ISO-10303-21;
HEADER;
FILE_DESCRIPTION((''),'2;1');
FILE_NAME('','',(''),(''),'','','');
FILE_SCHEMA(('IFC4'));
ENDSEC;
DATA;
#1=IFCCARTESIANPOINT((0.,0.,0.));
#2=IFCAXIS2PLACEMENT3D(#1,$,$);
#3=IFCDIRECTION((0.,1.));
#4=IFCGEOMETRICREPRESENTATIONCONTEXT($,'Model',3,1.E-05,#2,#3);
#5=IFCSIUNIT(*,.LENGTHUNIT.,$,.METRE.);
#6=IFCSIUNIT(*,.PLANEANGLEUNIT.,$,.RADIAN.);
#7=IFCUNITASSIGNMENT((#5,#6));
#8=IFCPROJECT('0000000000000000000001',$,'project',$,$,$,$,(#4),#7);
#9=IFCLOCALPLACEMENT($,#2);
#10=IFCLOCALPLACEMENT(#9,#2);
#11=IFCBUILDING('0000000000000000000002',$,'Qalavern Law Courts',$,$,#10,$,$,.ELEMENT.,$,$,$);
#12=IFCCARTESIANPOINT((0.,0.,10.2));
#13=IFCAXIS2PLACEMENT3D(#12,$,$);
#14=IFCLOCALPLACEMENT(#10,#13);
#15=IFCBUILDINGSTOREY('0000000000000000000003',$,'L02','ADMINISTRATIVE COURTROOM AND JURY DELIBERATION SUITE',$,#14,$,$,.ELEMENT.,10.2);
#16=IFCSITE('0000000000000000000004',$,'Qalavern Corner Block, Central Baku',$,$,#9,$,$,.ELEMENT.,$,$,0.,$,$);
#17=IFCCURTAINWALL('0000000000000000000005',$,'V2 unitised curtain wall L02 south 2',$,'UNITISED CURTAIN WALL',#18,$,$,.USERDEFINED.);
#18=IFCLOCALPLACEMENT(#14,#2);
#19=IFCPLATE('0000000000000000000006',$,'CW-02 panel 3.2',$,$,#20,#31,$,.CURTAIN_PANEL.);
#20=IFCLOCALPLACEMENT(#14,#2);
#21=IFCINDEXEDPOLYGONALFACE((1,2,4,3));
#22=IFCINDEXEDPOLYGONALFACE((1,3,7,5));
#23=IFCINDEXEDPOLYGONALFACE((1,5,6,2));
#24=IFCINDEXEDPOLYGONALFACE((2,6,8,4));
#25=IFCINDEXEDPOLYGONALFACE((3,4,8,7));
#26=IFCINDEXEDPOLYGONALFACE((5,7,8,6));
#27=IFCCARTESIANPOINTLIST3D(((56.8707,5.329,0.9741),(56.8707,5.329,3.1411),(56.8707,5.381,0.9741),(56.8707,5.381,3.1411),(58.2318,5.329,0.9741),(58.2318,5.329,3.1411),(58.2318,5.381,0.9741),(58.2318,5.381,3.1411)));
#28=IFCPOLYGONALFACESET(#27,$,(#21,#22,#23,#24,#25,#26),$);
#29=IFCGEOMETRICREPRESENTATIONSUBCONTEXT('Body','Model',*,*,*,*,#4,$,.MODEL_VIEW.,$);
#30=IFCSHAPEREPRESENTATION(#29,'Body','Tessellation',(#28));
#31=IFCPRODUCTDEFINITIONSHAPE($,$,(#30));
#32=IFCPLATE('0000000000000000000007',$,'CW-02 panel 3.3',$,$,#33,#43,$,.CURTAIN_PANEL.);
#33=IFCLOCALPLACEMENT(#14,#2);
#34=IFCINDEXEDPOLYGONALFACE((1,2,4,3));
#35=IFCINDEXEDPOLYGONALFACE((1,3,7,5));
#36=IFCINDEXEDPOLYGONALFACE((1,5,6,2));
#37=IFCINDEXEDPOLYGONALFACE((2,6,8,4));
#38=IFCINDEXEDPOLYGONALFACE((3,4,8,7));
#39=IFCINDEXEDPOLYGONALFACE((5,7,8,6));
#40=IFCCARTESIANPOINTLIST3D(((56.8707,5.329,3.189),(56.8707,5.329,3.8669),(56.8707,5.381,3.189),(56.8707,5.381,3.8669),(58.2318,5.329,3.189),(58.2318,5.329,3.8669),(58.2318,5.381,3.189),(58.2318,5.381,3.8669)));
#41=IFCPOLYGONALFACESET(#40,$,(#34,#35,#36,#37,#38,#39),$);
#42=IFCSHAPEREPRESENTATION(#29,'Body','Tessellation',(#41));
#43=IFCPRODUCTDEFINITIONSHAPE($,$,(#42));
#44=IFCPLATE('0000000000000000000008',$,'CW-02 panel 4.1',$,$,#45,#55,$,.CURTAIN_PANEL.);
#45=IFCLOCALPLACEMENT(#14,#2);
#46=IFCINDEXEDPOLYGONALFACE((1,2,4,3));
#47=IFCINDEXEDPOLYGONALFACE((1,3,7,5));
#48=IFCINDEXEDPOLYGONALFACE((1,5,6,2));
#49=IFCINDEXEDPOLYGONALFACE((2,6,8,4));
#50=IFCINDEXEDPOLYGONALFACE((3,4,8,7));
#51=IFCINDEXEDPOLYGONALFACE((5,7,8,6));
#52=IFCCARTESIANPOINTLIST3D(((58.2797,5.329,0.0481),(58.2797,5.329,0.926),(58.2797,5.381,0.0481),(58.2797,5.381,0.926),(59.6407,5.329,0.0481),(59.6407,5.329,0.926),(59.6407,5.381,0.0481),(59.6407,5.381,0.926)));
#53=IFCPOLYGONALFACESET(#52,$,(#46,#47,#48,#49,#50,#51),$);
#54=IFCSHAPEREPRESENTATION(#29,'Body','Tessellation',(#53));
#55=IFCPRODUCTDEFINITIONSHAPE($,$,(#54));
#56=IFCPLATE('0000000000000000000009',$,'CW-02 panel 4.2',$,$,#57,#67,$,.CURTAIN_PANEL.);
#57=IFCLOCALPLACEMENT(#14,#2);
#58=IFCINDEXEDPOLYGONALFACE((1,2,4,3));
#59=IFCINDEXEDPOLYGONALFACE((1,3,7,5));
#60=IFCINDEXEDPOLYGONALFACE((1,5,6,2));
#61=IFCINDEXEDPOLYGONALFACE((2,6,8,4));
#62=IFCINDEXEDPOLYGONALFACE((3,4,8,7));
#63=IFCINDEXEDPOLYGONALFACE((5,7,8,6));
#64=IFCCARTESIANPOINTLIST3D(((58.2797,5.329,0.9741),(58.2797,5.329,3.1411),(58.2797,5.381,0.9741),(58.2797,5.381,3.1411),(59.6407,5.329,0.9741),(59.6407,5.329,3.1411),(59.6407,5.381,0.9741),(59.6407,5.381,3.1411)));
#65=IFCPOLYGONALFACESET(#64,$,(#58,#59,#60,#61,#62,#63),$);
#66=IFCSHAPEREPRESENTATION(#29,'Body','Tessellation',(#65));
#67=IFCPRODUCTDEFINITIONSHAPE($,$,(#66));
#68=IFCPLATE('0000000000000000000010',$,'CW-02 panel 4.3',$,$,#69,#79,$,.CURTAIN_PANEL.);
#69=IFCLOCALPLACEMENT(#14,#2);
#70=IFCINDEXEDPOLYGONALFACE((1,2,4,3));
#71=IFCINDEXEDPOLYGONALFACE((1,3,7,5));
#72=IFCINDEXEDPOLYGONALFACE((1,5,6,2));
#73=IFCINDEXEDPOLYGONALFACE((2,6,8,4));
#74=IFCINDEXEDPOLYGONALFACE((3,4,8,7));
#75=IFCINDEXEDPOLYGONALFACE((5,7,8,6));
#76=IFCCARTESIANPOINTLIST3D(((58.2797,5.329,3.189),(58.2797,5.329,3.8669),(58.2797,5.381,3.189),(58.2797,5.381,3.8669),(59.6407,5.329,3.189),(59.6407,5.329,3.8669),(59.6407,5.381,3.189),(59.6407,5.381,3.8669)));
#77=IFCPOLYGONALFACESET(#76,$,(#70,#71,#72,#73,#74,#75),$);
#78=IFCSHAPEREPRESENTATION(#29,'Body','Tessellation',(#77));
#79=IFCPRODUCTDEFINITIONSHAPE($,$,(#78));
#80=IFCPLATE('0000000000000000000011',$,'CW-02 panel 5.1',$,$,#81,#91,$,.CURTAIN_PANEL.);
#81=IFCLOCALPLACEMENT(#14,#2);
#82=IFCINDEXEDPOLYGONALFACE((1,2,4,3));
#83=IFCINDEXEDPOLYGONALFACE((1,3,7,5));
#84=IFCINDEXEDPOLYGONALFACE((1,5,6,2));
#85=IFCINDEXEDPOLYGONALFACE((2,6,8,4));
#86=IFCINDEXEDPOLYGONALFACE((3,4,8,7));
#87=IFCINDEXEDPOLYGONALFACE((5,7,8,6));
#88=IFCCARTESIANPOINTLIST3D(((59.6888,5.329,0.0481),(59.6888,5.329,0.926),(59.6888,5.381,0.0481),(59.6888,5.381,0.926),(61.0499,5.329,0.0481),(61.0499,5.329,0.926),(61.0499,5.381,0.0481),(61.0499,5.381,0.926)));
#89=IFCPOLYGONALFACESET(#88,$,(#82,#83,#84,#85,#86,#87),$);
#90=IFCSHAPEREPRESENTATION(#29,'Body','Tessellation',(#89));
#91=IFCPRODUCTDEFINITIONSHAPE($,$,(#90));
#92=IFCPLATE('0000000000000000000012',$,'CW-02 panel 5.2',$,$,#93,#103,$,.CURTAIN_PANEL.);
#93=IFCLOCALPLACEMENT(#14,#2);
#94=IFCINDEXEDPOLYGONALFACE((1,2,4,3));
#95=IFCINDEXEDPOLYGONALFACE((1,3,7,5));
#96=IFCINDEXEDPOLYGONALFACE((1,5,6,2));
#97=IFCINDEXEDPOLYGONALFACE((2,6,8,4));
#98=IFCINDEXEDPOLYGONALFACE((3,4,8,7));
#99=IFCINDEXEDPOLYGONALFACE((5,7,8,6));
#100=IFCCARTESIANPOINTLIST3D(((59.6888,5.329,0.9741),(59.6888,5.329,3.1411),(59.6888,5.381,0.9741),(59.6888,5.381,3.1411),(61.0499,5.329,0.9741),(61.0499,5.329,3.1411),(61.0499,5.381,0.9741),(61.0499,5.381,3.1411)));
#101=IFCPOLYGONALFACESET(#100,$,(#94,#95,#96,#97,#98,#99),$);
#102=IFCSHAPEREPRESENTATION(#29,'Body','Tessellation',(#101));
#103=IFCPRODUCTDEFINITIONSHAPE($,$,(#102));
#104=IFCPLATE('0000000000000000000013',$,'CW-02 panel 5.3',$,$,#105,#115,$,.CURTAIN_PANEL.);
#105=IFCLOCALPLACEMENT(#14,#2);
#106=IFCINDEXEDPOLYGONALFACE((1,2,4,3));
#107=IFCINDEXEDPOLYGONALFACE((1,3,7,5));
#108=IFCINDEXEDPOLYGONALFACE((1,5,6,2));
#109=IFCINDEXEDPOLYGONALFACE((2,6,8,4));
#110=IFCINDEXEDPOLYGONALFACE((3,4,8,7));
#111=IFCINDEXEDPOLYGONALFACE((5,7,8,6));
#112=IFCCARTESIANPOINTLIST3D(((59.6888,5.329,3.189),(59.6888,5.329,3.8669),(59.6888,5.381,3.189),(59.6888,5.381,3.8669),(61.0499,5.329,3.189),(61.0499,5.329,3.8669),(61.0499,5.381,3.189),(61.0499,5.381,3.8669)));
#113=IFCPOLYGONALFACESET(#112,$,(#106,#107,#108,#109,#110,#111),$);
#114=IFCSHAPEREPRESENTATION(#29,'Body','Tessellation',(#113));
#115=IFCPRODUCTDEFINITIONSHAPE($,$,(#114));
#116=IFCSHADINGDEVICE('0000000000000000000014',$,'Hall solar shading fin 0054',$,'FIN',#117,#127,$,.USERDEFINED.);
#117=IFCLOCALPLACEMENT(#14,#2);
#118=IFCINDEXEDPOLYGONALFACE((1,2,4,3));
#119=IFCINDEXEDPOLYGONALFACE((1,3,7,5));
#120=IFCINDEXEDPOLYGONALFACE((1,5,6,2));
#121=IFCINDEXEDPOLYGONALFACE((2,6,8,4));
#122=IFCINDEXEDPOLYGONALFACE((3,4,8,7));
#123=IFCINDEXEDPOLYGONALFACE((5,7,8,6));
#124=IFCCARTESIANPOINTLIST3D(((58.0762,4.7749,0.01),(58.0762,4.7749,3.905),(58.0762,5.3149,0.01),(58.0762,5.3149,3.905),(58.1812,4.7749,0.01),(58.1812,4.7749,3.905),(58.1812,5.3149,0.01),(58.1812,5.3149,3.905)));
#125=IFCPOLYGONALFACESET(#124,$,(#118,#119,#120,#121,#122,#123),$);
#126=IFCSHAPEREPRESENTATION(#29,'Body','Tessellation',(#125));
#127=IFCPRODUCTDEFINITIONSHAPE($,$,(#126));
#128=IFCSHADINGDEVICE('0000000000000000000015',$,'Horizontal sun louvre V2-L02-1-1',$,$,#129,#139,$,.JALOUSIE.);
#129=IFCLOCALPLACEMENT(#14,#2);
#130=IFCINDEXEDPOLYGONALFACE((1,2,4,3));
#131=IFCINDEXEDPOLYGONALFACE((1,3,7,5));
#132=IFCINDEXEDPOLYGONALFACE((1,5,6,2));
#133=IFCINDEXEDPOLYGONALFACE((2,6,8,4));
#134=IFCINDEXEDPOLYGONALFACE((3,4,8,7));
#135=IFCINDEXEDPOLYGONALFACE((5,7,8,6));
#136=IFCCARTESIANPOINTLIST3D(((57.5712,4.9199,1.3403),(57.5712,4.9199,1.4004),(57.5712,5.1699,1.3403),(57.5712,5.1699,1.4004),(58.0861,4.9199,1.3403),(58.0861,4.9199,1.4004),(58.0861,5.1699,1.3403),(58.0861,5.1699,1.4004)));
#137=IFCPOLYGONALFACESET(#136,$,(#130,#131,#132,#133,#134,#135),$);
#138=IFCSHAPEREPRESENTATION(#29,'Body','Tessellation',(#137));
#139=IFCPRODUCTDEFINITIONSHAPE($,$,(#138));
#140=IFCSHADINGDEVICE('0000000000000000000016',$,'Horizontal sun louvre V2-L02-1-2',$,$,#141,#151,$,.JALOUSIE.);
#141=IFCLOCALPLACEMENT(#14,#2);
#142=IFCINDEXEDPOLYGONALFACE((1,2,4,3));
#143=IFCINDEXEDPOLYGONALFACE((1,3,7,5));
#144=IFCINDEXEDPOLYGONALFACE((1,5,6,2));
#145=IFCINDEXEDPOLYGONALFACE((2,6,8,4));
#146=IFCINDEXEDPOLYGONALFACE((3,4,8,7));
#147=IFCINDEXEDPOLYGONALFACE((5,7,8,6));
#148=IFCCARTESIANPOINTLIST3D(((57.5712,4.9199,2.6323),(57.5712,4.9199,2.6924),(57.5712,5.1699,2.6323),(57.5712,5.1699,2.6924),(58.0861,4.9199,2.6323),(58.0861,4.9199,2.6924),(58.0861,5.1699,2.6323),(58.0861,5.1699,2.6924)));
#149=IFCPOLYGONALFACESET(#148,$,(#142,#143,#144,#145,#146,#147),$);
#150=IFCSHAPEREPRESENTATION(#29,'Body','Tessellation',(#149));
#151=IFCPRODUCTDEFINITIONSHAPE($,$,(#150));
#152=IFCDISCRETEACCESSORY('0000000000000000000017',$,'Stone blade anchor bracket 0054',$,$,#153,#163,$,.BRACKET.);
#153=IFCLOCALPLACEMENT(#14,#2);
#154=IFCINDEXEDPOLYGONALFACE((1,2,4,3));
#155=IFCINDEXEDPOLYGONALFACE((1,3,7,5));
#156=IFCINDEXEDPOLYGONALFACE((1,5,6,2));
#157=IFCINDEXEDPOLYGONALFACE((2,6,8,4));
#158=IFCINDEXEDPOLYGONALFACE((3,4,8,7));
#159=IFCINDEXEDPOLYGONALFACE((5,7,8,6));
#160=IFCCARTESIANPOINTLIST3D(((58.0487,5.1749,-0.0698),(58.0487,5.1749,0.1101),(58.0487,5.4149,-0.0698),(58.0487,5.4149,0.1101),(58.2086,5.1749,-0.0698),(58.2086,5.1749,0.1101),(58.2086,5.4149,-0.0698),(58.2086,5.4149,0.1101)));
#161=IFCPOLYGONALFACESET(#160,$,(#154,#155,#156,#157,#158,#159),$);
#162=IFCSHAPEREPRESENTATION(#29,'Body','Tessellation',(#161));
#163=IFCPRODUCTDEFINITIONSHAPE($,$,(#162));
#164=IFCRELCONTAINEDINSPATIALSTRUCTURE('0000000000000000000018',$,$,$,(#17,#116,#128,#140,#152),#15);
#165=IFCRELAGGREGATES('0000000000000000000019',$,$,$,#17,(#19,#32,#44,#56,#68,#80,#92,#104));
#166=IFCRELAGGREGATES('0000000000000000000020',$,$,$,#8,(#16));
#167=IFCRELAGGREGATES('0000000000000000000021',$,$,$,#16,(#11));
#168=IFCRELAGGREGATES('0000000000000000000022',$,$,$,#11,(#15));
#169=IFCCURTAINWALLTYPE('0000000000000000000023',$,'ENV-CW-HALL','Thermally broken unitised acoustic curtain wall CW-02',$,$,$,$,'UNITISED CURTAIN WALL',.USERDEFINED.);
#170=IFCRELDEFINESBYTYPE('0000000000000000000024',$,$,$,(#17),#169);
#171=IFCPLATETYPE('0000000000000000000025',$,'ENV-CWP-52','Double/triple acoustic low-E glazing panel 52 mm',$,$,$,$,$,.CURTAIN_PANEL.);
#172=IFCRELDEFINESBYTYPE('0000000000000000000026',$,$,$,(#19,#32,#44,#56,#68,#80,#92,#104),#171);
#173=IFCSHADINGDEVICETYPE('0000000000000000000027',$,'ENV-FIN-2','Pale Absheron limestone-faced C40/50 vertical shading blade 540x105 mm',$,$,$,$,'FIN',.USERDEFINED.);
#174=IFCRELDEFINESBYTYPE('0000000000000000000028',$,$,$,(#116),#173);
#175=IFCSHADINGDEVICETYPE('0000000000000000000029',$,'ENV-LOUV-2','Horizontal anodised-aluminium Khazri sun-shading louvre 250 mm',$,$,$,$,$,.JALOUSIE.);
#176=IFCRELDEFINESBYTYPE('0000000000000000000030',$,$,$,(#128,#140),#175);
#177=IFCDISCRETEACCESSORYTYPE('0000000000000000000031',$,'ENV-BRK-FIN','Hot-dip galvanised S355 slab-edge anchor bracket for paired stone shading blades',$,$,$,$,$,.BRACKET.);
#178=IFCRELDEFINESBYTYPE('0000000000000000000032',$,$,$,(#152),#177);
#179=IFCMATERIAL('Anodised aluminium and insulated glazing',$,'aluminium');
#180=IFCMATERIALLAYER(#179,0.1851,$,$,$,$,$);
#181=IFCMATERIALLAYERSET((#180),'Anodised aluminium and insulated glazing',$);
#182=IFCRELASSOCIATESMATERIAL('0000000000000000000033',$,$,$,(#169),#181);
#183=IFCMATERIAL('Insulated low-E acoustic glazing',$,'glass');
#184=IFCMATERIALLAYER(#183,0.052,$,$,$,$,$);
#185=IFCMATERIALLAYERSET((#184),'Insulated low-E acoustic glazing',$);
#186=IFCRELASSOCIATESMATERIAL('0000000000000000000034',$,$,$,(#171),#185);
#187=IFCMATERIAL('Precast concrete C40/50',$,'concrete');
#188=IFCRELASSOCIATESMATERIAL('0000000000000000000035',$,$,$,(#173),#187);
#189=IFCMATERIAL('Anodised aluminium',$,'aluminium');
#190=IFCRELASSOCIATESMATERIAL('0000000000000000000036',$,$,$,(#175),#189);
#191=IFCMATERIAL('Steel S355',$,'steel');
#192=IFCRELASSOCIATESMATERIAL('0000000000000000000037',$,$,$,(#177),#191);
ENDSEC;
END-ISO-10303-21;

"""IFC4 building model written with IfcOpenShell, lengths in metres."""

from ifc_helpers import new_model, si_unit, direction, frame, origin, origin_2d, place, context, subcontext, project, spatial, rectangle, extrude, material, layer, layer_set, type_object, element, aggregate, save


model = new_model("IFC4")

# Units and contexts
model_context = context("Model", 3, precision=1e-05, world=origin(), true_north=direction((0.0, 1.0)))
body_context = subcontext(model_context, "Body", "Model", "MODEL_VIEW")
ifc_project = project(units=[si_unit("LENGTHUNIT", "METRE"), si_unit("PLANEANGLEUNIT", "RADIAN")], contexts=[model_context])

# Site, building, storey
site_placement = place(None, origin())
site = spatial("IfcSite", under=ifc_project, at=site_placement, Name="Qalavern Corner Block, Central Baku", CompositionType="ELEMENT", RefElevation=0.0)
building_placement = place(site_placement, origin())
building = spatial("IfcBuilding", under=site, at=building_placement, Name="Qalavern Law Courts", CompositionType="ELEMENT")
storey_placement = place(building_placement, frame((0.0, 0.0, 10.2)))
storey = spatial("IfcBuildingStorey", under=building, at=storey_placement, Name="L02", Description="ADMINISTRATIVE COURTROOM AND JURY DELIBERATION SUITE", CompositionType="ELEMENT", Elevation=10.2)

# Curtain wall, plates
ifc_material_1 = material(Name="Anodised aluminium and insulated glazing", Category="aluminium")
ifc_layer_1 = layer(ifc_material_1, 0.1851)
ifc_layer_set_1 = layer_set([ifc_layer_1], Name="Anodised aluminium and insulated glazing")
curtain_wall_type = type_object("IfcCurtainWallType", Name="ENV-CW-HALL", Description="Thermally broken unitised acoustic curtain wall CW-02", ElementType="UNITISED CURTAIN WALL", PredefinedType="USERDEFINED", material=ifc_layer_set_1)
curtain_wall_placement = place(storey_placement, origin())
curtain_wall = element("IfcCurtainWall", 1, at=curtain_wall_placement, inside=storey, type_object=curtain_wall_type, Name="V2 unitised curtain wall L02 south 2", ObjectType="UNITISED CURTAIN WALL", PredefinedType="USERDEFINED")
ifc_material_2 = material(Name="Anodised aluminium", Category="aluminium")
ifc_material_3 = material(Name="Insulated low-E acoustic glazing", Category="glass")
ifc_layer_2 = layer(ifc_material_3, 0.052)
ifc_layer_set_2 = layer_set([ifc_layer_2], Name="Insulated low-E acoustic glazing")
plate_type = type_object("IfcPlateType", Name="ENV-CWP-52", Description="Double/triple acoustic low-E glazing panel 52 mm", PredefinedType="CURTAIN_PANEL", material=ifc_layer_set_2)
plate_1_placement = place(storey_placement, frame((57.5513, 5.355, 0.9741), z_axis=(0.0, 0.0, 1.0), x_axis=(1.0, 0.0, 0.0)))
plate_1 = element("IfcPlate", 2, at=plate_1_placement, type_object=plate_type, Name="CW-02 panel 3.2", PredefinedType="CURTAIN_PANEL", context=body_context, shape_type="SweptSolid", body=[
    extrude(rectangle(XDim=1.3611, YDim=0.052, at=origin_2d()), origin(), (0.0, 0.0, 1.0), 2.167),
])
plate_2_placement = place(storey_placement, frame((57.5513, 5.355, 3.189), z_axis=(0.0, 0.0, 1.0), x_axis=(1.0, 0.0, 0.0)))
plate_2 = element("IfcPlate", 3, at=plate_2_placement, type_object=plate_type, Name="CW-02 panel 3.3", PredefinedType="CURTAIN_PANEL", context=body_context, shape_type="SweptSolid", body=[
    extrude(rectangle(XDim=1.3611, YDim=0.052, at=origin_2d()), origin(), (0.0, 0.0, 1.0), 0.678),
])
plate_3_placement = place(storey_placement, frame((58.9602, 5.355, 0.0481), z_axis=(0.0, 0.0, 1.0), x_axis=(1.0, 0.0, 0.0)))
plate_3 = element("IfcPlate", 4, at=plate_3_placement, type_object=plate_type, Name="CW-02 panel 4.1", PredefinedType="CURTAIN_PANEL", context=body_context, shape_type="SweptSolid", body=[
    extrude(rectangle(XDim=1.3611, YDim=0.052, at=origin_2d()), origin(), (0.0, 0.0, 1.0), 0.8779),
])
plate_4_placement = place(storey_placement, frame((58.9602, 5.355, 0.9741), z_axis=(0.0, 0.0, 1.0), x_axis=(1.0, 0.0, 0.0)))
plate_4 = element("IfcPlate", 5, at=plate_4_placement, type_object=plate_type, Name="CW-02 panel 4.2", PredefinedType="CURTAIN_PANEL", context=body_context, shape_type="SweptSolid", body=[
    extrude(rectangle(XDim=1.3611, YDim=0.052, at=origin_2d()), origin(), (0.0, 0.0, 1.0), 2.167),
])
plate_5_placement = place(storey_placement, frame((58.9602, 5.355, 3.189), z_axis=(0.0, 0.0, 1.0), x_axis=(1.0, 0.0, 0.0)))
plate_5 = element("IfcPlate", 6, at=plate_5_placement, type_object=plate_type, Name="CW-02 panel 4.3", PredefinedType="CURTAIN_PANEL", context=body_context, shape_type="SweptSolid", body=[
    extrude(rectangle(XDim=1.3611, YDim=0.052, at=origin_2d()), origin(), (0.0, 0.0, 1.0), 0.678),
])
plate_6_placement = place(storey_placement, frame((60.3694, 5.355, 0.0481), z_axis=(0.0, 0.0, 1.0), x_axis=(1.0, 0.0, 0.0)))
plate_6 = element("IfcPlate", 7, at=plate_6_placement, type_object=plate_type, Name="CW-02 panel 5.1", PredefinedType="CURTAIN_PANEL", context=body_context, shape_type="SweptSolid", body=[
    extrude(rectangle(XDim=1.3611, YDim=0.052, at=origin_2d()), origin(), (0.0, 0.0, 1.0), 0.8779),
])
plate_7_placement = place(storey_placement, frame((60.3694, 5.355, 0.9741), z_axis=(0.0, 0.0, 1.0), x_axis=(1.0, 0.0, 0.0)))
plate_7 = element("IfcPlate", 8, at=plate_7_placement, type_object=plate_type, Name="CW-02 panel 5.2", PredefinedType="CURTAIN_PANEL", context=body_context, shape_type="SweptSolid", body=[
    extrude(rectangle(XDim=1.3611, YDim=0.052, at=origin_2d()), origin(), (0.0, 0.0, 1.0), 2.167),
])
plate_8_placement = place(storey_placement, frame((60.3694, 5.355, 3.189), z_axis=(0.0, 0.0, 1.0), x_axis=(1.0, 0.0, 0.0)))
plate_8 = element("IfcPlate", 9, at=plate_8_placement, type_object=plate_type, Name="CW-02 panel 5.3", PredefinedType="CURTAIN_PANEL", context=body_context, shape_type="SweptSolid", body=[
    extrude(rectangle(XDim=1.3611, YDim=0.052, at=origin_2d()), origin(), (0.0, 0.0, 1.0), 0.678),
])
aggregate(curtain_wall, [plate_1, plate_2, plate_3, plate_4, plate_5, plate_6, plate_7, plate_8])

# Shading devices
ifc_material_4 = material(Name="Precast concrete C40/50", Category="concrete")
shading_device_type_1 = type_object("IfcShadingDeviceType", Name="ENV-FIN-2", Description="Pale Absheron limestone-faced C40/50 vertical shading blade 540x105 mm", ElementType="FIN", PredefinedType="USERDEFINED", material=ifc_material_4)
shading_device_placement = place(storey_placement, frame((58.1287, 5.0449, 0.01), z_axis=(0.0, 0.0, 1.0), x_axis=(0.0, -1.0, 0.0)))
element("IfcShadingDevice", 10, at=shading_device_placement, inside=storey, type_object=shading_device_type_1, Name="Hall solar shading fin 0054", ObjectType="FIN", PredefinedType="USERDEFINED", context=body_context, shape_type="SweptSolid", body=[
    extrude(rectangle(XDim=0.54, YDim=0.105, at=origin_2d()), origin(), (0.0, 0.0, 1.0), 3.895),
])
shading_device_type_2 = type_object("IfcShadingDeviceType", Name="ENV-LOUV-2", Description="Horizontal anodised-aluminium Khazri sun-shading louvre 250 mm", PredefinedType="JALOUSIE", material=ifc_material_2)
for number, where, z_axis, x_axis, name in (
    (11, (57.8286, 5.0449, 1.3403), (0.0, 0.0, 1.0), (1.0, 0.0, 0.0), "Horizontal sun louvre V2-L02-1-1"),
    (12, (57.8286, 5.0449, 2.6323), (0.0, 0.0, 1.0), (1.0, 0.0, 0.0), "Horizontal sun louvre V2-L02-1-2"),
):
    element("IfcShadingDevice", number, at=place(storey_placement, frame(where, z_axis=z_axis, x_axis=x_axis)), inside=storey, type_object=shading_device_type_2, Name=name, PredefinedType="JALOUSIE", context=body_context, shape_type="SweptSolid", body=[
        extrude(rectangle(XDim=0.5149, YDim=0.25, at=origin_2d()), origin(), (0.0, 0.0, 1.0), 0.0601),
    ])

# Discrete accessory
ifc_material_5 = material(Name="Steel S355", Category="steel")
discrete_accessory_type = type_object("IfcDiscreteAccessoryType", Name="ENV-BRK-FIN", Description="Hot-dip galvanised S355 slab-edge anchor bracket for paired stone shading blades", PredefinedType="BRACKET", material=ifc_material_5)
discrete_accessory_placement = place(storey_placement, frame((58.1287, 5.2949, -0.0698), z_axis=(0.0, 0.0, 1.0), x_axis=(0.0, -1.0, 0.0)))
element("IfcDiscreteAccessory", 13, at=discrete_accessory_placement, inside=storey, type_object=discrete_accessory_type, Name="Stone blade anchor bracket 0054", PredefinedType="BRACKET", context=body_context, shape_type="SweptSolid", body=[
    extrude(rectangle(XDim=0.24, YDim=0.1599, at=origin_2d()), origin(), (0.0, 0.0, 1.0), 0.1799),
])

save(model, "model.ifc")
